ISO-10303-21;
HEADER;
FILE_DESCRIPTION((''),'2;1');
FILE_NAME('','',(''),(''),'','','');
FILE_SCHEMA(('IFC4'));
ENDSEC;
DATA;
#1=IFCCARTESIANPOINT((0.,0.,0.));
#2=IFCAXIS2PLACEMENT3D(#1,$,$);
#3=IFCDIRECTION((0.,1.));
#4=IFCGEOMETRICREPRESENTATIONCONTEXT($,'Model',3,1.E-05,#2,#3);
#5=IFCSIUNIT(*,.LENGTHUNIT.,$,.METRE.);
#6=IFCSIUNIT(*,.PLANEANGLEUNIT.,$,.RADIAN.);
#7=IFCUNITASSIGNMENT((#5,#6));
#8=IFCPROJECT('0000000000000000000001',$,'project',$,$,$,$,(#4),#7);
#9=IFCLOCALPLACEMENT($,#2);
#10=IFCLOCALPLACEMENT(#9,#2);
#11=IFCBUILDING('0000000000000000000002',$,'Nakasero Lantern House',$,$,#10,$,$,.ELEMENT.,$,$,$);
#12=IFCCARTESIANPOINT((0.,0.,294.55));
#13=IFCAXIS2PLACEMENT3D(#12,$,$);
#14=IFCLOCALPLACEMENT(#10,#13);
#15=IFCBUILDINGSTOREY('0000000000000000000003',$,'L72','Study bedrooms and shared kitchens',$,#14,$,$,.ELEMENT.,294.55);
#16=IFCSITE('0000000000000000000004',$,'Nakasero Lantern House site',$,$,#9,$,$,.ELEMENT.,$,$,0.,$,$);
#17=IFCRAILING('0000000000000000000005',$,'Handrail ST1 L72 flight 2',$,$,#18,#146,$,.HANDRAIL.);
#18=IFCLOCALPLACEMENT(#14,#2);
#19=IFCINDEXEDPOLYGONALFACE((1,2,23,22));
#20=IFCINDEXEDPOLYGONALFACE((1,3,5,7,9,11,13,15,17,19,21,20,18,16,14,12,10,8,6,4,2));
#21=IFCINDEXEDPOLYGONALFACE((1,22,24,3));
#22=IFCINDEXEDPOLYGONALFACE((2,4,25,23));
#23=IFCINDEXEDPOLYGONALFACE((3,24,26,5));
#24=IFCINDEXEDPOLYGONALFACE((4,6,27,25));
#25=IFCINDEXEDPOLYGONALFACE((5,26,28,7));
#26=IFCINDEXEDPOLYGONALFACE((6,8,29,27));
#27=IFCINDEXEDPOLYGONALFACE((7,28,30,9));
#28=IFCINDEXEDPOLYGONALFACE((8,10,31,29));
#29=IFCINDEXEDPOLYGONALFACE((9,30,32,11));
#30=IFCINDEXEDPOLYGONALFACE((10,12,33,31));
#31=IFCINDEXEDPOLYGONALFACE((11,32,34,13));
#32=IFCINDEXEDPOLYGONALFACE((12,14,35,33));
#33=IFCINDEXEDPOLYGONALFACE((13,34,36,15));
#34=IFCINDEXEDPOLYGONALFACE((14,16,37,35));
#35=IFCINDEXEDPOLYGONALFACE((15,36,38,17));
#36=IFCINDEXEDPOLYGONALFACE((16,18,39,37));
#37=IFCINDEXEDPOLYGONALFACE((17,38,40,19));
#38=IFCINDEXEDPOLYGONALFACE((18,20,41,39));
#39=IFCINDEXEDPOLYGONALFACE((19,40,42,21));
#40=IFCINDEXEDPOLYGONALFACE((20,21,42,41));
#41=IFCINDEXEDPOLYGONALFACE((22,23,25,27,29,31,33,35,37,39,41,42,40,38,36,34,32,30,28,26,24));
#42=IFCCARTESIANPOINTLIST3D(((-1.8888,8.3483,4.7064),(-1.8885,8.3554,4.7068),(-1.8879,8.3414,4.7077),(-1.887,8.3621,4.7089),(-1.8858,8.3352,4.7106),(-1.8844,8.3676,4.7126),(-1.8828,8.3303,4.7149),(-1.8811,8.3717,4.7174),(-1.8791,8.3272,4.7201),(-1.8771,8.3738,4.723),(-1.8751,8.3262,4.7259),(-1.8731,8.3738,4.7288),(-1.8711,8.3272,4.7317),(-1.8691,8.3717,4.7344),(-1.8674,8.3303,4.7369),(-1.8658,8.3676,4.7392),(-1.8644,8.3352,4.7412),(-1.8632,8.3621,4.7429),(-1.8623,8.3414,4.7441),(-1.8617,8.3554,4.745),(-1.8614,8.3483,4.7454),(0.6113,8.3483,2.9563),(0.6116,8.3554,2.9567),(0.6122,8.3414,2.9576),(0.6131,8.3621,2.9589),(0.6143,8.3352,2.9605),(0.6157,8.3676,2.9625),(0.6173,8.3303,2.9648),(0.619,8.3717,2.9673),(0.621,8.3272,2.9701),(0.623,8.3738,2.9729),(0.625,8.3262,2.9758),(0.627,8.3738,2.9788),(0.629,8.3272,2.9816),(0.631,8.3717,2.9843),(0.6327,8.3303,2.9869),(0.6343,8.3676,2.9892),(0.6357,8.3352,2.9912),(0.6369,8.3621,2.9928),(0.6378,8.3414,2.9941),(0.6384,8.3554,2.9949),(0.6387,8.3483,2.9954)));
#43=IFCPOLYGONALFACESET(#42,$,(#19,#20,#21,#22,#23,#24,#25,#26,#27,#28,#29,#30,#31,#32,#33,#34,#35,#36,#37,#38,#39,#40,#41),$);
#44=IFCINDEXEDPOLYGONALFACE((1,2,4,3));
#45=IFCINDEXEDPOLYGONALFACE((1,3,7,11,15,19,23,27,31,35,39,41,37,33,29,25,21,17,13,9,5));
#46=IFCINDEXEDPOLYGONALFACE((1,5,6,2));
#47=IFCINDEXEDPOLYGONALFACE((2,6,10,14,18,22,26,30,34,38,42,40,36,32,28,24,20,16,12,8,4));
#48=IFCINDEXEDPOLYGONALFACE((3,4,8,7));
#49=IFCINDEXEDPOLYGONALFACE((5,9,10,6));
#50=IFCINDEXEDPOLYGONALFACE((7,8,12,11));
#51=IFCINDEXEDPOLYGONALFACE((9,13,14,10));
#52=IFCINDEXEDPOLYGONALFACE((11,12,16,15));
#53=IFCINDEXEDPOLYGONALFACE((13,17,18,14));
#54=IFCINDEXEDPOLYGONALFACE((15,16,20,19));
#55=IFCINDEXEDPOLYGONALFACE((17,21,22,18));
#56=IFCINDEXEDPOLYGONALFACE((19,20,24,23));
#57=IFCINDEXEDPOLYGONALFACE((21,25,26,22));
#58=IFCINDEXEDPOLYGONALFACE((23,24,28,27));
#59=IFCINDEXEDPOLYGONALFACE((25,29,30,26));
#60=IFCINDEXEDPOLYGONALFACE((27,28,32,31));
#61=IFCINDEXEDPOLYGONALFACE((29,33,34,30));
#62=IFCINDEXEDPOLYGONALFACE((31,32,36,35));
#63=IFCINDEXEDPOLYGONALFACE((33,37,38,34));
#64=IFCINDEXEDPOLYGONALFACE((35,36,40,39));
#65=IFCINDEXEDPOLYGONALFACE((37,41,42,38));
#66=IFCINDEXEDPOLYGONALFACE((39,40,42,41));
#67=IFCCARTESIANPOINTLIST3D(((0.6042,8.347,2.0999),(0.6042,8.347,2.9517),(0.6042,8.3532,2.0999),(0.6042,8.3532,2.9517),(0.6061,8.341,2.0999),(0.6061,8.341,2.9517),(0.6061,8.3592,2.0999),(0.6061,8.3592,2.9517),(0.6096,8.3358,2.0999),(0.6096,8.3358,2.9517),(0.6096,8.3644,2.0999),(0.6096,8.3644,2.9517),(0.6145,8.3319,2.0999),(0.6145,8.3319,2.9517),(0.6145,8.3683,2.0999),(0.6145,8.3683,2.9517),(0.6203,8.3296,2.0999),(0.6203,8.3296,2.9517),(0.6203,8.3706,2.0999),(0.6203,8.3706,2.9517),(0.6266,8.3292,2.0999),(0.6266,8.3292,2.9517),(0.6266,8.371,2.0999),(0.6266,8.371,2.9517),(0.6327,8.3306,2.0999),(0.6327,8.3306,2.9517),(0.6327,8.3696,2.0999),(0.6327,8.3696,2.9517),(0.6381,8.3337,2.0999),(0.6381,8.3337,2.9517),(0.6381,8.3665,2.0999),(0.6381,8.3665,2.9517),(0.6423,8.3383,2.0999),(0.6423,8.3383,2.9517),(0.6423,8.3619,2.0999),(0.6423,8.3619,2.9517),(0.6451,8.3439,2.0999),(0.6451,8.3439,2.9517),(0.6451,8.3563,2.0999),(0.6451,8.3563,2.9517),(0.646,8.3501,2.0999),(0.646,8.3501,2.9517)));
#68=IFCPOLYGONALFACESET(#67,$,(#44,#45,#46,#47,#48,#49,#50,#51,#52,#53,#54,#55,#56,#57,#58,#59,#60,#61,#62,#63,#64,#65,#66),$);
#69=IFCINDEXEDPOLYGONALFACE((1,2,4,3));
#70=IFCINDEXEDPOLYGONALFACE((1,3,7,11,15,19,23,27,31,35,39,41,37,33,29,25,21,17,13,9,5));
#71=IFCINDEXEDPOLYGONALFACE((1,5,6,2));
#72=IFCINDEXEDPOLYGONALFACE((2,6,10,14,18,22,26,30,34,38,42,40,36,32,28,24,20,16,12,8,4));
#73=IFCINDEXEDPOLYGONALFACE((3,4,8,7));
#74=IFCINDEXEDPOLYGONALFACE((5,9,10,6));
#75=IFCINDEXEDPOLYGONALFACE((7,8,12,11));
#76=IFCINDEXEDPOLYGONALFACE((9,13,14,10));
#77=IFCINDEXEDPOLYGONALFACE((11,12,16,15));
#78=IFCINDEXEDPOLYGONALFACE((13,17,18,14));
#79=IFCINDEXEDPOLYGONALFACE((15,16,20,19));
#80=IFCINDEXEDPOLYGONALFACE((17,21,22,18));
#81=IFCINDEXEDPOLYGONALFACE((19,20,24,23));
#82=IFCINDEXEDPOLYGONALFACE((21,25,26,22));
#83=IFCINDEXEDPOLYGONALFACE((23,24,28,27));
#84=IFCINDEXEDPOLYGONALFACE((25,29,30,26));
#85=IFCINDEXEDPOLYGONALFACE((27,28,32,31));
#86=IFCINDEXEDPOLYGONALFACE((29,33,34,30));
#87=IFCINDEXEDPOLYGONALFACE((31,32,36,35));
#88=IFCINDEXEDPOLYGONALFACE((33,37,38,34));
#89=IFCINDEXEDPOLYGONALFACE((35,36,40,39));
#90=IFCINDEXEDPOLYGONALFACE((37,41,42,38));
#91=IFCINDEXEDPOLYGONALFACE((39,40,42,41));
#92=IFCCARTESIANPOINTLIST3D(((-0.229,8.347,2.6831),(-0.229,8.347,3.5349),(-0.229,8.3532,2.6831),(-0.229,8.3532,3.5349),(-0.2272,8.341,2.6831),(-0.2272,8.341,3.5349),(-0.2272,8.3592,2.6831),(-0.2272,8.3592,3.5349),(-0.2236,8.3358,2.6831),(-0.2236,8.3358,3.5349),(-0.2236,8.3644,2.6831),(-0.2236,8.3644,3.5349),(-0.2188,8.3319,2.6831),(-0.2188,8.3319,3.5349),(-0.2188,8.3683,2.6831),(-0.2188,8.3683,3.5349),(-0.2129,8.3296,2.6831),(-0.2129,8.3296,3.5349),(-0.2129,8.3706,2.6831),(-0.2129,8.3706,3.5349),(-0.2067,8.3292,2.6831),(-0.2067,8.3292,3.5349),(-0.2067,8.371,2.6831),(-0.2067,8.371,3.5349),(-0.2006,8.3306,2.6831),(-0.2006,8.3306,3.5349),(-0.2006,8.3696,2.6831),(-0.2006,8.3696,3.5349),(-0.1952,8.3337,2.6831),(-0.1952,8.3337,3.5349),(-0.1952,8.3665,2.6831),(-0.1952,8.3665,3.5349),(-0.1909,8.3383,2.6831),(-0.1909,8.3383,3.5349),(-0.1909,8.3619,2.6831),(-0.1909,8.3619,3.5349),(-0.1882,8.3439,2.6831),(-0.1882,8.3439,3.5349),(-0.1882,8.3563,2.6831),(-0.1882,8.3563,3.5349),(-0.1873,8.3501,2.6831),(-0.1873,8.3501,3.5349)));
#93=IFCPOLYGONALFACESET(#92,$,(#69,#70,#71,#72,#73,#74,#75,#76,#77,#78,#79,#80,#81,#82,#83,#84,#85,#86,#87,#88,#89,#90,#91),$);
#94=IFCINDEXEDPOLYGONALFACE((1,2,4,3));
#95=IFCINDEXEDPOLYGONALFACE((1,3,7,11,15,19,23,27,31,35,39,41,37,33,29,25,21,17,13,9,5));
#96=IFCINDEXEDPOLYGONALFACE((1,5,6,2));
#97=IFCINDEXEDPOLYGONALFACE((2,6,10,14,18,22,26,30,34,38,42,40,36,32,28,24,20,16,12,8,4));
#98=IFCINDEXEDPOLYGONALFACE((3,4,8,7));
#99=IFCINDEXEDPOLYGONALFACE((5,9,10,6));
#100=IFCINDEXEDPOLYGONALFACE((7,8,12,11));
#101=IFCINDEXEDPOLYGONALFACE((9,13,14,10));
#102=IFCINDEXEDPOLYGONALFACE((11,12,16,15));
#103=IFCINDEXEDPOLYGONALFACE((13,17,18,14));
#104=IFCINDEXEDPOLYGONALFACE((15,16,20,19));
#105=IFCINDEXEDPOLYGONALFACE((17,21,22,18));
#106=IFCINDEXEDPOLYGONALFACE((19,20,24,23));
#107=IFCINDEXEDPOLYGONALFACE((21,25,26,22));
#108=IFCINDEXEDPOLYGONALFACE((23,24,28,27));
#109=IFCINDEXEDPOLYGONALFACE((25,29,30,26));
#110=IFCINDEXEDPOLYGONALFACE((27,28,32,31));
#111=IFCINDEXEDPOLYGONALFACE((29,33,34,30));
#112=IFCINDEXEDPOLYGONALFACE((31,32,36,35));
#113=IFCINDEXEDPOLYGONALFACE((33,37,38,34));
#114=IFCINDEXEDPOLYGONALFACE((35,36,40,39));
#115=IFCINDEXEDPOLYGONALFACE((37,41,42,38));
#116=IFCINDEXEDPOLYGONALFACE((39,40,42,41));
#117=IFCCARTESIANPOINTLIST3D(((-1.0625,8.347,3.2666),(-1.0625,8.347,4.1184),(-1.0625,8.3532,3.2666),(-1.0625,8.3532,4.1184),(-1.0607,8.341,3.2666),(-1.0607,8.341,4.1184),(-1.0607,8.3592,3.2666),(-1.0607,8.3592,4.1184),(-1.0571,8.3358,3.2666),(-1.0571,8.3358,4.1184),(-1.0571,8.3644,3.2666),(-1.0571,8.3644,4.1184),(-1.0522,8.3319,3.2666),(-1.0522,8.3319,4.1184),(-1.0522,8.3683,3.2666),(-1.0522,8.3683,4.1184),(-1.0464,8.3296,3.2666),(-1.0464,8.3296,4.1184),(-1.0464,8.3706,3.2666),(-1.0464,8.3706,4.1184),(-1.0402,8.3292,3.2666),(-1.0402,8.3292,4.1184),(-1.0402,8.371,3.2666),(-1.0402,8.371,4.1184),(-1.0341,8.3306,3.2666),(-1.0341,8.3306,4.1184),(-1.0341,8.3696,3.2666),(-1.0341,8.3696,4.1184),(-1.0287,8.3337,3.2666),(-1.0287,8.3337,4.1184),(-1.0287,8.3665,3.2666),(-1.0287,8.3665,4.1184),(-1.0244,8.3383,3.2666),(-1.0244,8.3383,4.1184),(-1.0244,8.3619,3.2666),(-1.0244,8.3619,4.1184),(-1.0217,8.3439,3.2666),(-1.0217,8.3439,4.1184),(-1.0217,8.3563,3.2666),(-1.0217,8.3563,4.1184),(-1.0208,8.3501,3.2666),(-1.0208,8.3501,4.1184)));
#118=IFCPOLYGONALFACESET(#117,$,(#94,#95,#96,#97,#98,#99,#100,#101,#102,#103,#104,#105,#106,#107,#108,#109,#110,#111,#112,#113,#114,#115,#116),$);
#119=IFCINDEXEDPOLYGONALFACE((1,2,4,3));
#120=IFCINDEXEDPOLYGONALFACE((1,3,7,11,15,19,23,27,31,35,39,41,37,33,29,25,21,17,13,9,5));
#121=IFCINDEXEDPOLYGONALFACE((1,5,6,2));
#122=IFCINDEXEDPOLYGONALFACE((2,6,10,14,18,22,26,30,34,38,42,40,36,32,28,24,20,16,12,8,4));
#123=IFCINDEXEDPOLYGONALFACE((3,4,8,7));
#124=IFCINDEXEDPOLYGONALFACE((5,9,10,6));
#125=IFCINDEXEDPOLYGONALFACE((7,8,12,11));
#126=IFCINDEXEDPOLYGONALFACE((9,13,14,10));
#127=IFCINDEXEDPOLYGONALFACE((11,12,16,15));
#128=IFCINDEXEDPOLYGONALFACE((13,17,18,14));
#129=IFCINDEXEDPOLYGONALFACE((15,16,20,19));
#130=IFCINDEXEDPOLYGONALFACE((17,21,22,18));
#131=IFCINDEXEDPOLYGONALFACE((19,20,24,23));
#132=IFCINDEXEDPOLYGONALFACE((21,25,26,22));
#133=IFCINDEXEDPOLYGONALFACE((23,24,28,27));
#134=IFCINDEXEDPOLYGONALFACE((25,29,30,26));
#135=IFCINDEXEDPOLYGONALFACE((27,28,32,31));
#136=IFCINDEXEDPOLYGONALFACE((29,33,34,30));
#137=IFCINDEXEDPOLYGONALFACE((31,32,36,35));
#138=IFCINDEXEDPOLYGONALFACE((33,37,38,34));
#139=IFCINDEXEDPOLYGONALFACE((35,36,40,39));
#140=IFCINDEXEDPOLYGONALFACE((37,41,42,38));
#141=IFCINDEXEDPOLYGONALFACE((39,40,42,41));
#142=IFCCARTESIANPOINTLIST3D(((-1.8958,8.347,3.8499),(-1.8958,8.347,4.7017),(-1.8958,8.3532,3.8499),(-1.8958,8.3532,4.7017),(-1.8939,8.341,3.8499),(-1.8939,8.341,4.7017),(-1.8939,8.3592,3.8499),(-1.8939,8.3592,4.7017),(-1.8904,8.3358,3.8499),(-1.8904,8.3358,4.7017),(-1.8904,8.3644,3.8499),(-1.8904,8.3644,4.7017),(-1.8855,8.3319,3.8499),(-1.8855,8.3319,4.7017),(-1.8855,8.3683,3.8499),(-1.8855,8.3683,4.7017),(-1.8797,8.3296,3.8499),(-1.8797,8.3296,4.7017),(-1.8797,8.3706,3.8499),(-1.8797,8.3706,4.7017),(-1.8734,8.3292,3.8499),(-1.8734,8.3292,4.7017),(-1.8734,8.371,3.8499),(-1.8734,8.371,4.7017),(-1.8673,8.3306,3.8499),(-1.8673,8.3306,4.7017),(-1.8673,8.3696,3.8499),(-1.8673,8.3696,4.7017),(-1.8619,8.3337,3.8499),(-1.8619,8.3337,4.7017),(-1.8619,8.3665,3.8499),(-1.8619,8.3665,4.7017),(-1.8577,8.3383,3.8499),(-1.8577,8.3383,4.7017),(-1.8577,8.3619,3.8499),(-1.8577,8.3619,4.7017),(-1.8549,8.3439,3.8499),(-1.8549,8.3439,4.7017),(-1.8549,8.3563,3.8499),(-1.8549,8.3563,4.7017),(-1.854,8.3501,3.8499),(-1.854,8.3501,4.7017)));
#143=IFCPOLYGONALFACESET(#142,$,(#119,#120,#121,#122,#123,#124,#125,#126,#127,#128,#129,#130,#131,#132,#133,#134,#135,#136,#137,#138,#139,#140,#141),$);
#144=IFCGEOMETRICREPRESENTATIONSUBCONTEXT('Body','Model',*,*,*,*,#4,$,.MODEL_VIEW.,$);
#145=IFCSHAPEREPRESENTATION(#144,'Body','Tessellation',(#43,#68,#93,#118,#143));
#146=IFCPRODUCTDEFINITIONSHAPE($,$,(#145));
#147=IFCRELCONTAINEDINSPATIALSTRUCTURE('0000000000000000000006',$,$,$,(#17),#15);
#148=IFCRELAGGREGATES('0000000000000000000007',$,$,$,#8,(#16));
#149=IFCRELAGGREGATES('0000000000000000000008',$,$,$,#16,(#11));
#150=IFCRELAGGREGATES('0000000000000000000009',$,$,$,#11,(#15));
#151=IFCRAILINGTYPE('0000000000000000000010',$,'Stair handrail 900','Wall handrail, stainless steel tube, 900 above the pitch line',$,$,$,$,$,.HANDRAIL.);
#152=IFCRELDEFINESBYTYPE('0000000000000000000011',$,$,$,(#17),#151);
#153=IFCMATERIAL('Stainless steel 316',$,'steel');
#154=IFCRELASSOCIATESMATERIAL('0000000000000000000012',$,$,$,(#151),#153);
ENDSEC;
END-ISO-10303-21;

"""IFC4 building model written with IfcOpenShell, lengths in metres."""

from ifc_helpers import new_model, si_unit, direction, frame, origin, origin_2d, place, context, subcontext, project, spatial, circle, extrude, material, type_object, element, save


model = new_model("IFC4")

# Units and contexts
model_context = context("Model", 3, precision=1e-05, world=origin(), true_north=direction((0.0, 1.0)))
body_context = subcontext(model_context, "Body", "Model", "MODEL_VIEW")
ifc_project = project(units=[si_unit("LENGTHUNIT", "METRE"), si_unit("PLANEANGLEUNIT", "RADIAN")], contexts=[model_context])

# Site, building, storey
site_placement = place(None, origin())
site = spatial("IfcSite", under=ifc_project, at=site_placement, Name="Nakasero Lantern House site", CompositionType="ELEMENT", RefElevation=0.0)
building_placement = place(site_placement, origin())
building = spatial("IfcBuilding", under=site, at=building_placement, Name="Nakasero Lantern House", CompositionType="ELEMENT")
storey_placement = place(building_placement, frame((0.0, 0.0, 294.55)))
storey = spatial("IfcBuildingStorey", under=building, at=storey_placement, Name="L72", Description="Study bedrooms and shared kitchens", CompositionType="ELEMENT", Elevation=294.55)

# Railing
ifc_material_1 = material(Name="Stainless steel 316", Category="steel")
railing_type = type_object("IfcRailingType", Name="Stair handrail 900", Description="Wall handrail, stainless steel tube, 900 above the pitch line", PredefinedType="HANDRAIL", material=ifc_material_1)
railing_placement = place(storey_placement, frame((0.625, 8.3501, 2.0999)))
element("IfcRailing", 1, at=railing_placement, inside=storey, type_object=railing_type, Name="Handrail ST1 L72 flight 2", PredefinedType="HANDRAIL", context=body_context, shape_type="SweptSolid", body=[
    extrude(circle(Radius=0.0239, at=origin_2d()), frame((0.0, 0.0, 0.876), z_axis=(-0.819232, 0.0, 0.573462), x_axis=(0.0, -1.0, 0.0)), (0.0, 0.0, 1.0), 3.0518),
    extrude(circle(Radius=0.021, at=origin_2d()), origin(), (0.0, 0.0, 1.0), 0.8518),
    extrude(circle(Radius=0.021, at=origin_2d()), frame((-0.8333, 0.0, 0.5833)), (0.0, 0.0, 1.0), 0.8518),
    extrude(circle(Radius=0.021, at=origin_2d()), frame((-1.6667, 0.0, 1.1667)), (0.0, 0.0, 1.0), 0.8518),
    extrude(circle(Radius=0.021, at=origin_2d()), frame((-2.5, 0.0, 1.75)), (0.0, 0.0, 1.0), 0.8518),
])

save(model, "model.ifc")
